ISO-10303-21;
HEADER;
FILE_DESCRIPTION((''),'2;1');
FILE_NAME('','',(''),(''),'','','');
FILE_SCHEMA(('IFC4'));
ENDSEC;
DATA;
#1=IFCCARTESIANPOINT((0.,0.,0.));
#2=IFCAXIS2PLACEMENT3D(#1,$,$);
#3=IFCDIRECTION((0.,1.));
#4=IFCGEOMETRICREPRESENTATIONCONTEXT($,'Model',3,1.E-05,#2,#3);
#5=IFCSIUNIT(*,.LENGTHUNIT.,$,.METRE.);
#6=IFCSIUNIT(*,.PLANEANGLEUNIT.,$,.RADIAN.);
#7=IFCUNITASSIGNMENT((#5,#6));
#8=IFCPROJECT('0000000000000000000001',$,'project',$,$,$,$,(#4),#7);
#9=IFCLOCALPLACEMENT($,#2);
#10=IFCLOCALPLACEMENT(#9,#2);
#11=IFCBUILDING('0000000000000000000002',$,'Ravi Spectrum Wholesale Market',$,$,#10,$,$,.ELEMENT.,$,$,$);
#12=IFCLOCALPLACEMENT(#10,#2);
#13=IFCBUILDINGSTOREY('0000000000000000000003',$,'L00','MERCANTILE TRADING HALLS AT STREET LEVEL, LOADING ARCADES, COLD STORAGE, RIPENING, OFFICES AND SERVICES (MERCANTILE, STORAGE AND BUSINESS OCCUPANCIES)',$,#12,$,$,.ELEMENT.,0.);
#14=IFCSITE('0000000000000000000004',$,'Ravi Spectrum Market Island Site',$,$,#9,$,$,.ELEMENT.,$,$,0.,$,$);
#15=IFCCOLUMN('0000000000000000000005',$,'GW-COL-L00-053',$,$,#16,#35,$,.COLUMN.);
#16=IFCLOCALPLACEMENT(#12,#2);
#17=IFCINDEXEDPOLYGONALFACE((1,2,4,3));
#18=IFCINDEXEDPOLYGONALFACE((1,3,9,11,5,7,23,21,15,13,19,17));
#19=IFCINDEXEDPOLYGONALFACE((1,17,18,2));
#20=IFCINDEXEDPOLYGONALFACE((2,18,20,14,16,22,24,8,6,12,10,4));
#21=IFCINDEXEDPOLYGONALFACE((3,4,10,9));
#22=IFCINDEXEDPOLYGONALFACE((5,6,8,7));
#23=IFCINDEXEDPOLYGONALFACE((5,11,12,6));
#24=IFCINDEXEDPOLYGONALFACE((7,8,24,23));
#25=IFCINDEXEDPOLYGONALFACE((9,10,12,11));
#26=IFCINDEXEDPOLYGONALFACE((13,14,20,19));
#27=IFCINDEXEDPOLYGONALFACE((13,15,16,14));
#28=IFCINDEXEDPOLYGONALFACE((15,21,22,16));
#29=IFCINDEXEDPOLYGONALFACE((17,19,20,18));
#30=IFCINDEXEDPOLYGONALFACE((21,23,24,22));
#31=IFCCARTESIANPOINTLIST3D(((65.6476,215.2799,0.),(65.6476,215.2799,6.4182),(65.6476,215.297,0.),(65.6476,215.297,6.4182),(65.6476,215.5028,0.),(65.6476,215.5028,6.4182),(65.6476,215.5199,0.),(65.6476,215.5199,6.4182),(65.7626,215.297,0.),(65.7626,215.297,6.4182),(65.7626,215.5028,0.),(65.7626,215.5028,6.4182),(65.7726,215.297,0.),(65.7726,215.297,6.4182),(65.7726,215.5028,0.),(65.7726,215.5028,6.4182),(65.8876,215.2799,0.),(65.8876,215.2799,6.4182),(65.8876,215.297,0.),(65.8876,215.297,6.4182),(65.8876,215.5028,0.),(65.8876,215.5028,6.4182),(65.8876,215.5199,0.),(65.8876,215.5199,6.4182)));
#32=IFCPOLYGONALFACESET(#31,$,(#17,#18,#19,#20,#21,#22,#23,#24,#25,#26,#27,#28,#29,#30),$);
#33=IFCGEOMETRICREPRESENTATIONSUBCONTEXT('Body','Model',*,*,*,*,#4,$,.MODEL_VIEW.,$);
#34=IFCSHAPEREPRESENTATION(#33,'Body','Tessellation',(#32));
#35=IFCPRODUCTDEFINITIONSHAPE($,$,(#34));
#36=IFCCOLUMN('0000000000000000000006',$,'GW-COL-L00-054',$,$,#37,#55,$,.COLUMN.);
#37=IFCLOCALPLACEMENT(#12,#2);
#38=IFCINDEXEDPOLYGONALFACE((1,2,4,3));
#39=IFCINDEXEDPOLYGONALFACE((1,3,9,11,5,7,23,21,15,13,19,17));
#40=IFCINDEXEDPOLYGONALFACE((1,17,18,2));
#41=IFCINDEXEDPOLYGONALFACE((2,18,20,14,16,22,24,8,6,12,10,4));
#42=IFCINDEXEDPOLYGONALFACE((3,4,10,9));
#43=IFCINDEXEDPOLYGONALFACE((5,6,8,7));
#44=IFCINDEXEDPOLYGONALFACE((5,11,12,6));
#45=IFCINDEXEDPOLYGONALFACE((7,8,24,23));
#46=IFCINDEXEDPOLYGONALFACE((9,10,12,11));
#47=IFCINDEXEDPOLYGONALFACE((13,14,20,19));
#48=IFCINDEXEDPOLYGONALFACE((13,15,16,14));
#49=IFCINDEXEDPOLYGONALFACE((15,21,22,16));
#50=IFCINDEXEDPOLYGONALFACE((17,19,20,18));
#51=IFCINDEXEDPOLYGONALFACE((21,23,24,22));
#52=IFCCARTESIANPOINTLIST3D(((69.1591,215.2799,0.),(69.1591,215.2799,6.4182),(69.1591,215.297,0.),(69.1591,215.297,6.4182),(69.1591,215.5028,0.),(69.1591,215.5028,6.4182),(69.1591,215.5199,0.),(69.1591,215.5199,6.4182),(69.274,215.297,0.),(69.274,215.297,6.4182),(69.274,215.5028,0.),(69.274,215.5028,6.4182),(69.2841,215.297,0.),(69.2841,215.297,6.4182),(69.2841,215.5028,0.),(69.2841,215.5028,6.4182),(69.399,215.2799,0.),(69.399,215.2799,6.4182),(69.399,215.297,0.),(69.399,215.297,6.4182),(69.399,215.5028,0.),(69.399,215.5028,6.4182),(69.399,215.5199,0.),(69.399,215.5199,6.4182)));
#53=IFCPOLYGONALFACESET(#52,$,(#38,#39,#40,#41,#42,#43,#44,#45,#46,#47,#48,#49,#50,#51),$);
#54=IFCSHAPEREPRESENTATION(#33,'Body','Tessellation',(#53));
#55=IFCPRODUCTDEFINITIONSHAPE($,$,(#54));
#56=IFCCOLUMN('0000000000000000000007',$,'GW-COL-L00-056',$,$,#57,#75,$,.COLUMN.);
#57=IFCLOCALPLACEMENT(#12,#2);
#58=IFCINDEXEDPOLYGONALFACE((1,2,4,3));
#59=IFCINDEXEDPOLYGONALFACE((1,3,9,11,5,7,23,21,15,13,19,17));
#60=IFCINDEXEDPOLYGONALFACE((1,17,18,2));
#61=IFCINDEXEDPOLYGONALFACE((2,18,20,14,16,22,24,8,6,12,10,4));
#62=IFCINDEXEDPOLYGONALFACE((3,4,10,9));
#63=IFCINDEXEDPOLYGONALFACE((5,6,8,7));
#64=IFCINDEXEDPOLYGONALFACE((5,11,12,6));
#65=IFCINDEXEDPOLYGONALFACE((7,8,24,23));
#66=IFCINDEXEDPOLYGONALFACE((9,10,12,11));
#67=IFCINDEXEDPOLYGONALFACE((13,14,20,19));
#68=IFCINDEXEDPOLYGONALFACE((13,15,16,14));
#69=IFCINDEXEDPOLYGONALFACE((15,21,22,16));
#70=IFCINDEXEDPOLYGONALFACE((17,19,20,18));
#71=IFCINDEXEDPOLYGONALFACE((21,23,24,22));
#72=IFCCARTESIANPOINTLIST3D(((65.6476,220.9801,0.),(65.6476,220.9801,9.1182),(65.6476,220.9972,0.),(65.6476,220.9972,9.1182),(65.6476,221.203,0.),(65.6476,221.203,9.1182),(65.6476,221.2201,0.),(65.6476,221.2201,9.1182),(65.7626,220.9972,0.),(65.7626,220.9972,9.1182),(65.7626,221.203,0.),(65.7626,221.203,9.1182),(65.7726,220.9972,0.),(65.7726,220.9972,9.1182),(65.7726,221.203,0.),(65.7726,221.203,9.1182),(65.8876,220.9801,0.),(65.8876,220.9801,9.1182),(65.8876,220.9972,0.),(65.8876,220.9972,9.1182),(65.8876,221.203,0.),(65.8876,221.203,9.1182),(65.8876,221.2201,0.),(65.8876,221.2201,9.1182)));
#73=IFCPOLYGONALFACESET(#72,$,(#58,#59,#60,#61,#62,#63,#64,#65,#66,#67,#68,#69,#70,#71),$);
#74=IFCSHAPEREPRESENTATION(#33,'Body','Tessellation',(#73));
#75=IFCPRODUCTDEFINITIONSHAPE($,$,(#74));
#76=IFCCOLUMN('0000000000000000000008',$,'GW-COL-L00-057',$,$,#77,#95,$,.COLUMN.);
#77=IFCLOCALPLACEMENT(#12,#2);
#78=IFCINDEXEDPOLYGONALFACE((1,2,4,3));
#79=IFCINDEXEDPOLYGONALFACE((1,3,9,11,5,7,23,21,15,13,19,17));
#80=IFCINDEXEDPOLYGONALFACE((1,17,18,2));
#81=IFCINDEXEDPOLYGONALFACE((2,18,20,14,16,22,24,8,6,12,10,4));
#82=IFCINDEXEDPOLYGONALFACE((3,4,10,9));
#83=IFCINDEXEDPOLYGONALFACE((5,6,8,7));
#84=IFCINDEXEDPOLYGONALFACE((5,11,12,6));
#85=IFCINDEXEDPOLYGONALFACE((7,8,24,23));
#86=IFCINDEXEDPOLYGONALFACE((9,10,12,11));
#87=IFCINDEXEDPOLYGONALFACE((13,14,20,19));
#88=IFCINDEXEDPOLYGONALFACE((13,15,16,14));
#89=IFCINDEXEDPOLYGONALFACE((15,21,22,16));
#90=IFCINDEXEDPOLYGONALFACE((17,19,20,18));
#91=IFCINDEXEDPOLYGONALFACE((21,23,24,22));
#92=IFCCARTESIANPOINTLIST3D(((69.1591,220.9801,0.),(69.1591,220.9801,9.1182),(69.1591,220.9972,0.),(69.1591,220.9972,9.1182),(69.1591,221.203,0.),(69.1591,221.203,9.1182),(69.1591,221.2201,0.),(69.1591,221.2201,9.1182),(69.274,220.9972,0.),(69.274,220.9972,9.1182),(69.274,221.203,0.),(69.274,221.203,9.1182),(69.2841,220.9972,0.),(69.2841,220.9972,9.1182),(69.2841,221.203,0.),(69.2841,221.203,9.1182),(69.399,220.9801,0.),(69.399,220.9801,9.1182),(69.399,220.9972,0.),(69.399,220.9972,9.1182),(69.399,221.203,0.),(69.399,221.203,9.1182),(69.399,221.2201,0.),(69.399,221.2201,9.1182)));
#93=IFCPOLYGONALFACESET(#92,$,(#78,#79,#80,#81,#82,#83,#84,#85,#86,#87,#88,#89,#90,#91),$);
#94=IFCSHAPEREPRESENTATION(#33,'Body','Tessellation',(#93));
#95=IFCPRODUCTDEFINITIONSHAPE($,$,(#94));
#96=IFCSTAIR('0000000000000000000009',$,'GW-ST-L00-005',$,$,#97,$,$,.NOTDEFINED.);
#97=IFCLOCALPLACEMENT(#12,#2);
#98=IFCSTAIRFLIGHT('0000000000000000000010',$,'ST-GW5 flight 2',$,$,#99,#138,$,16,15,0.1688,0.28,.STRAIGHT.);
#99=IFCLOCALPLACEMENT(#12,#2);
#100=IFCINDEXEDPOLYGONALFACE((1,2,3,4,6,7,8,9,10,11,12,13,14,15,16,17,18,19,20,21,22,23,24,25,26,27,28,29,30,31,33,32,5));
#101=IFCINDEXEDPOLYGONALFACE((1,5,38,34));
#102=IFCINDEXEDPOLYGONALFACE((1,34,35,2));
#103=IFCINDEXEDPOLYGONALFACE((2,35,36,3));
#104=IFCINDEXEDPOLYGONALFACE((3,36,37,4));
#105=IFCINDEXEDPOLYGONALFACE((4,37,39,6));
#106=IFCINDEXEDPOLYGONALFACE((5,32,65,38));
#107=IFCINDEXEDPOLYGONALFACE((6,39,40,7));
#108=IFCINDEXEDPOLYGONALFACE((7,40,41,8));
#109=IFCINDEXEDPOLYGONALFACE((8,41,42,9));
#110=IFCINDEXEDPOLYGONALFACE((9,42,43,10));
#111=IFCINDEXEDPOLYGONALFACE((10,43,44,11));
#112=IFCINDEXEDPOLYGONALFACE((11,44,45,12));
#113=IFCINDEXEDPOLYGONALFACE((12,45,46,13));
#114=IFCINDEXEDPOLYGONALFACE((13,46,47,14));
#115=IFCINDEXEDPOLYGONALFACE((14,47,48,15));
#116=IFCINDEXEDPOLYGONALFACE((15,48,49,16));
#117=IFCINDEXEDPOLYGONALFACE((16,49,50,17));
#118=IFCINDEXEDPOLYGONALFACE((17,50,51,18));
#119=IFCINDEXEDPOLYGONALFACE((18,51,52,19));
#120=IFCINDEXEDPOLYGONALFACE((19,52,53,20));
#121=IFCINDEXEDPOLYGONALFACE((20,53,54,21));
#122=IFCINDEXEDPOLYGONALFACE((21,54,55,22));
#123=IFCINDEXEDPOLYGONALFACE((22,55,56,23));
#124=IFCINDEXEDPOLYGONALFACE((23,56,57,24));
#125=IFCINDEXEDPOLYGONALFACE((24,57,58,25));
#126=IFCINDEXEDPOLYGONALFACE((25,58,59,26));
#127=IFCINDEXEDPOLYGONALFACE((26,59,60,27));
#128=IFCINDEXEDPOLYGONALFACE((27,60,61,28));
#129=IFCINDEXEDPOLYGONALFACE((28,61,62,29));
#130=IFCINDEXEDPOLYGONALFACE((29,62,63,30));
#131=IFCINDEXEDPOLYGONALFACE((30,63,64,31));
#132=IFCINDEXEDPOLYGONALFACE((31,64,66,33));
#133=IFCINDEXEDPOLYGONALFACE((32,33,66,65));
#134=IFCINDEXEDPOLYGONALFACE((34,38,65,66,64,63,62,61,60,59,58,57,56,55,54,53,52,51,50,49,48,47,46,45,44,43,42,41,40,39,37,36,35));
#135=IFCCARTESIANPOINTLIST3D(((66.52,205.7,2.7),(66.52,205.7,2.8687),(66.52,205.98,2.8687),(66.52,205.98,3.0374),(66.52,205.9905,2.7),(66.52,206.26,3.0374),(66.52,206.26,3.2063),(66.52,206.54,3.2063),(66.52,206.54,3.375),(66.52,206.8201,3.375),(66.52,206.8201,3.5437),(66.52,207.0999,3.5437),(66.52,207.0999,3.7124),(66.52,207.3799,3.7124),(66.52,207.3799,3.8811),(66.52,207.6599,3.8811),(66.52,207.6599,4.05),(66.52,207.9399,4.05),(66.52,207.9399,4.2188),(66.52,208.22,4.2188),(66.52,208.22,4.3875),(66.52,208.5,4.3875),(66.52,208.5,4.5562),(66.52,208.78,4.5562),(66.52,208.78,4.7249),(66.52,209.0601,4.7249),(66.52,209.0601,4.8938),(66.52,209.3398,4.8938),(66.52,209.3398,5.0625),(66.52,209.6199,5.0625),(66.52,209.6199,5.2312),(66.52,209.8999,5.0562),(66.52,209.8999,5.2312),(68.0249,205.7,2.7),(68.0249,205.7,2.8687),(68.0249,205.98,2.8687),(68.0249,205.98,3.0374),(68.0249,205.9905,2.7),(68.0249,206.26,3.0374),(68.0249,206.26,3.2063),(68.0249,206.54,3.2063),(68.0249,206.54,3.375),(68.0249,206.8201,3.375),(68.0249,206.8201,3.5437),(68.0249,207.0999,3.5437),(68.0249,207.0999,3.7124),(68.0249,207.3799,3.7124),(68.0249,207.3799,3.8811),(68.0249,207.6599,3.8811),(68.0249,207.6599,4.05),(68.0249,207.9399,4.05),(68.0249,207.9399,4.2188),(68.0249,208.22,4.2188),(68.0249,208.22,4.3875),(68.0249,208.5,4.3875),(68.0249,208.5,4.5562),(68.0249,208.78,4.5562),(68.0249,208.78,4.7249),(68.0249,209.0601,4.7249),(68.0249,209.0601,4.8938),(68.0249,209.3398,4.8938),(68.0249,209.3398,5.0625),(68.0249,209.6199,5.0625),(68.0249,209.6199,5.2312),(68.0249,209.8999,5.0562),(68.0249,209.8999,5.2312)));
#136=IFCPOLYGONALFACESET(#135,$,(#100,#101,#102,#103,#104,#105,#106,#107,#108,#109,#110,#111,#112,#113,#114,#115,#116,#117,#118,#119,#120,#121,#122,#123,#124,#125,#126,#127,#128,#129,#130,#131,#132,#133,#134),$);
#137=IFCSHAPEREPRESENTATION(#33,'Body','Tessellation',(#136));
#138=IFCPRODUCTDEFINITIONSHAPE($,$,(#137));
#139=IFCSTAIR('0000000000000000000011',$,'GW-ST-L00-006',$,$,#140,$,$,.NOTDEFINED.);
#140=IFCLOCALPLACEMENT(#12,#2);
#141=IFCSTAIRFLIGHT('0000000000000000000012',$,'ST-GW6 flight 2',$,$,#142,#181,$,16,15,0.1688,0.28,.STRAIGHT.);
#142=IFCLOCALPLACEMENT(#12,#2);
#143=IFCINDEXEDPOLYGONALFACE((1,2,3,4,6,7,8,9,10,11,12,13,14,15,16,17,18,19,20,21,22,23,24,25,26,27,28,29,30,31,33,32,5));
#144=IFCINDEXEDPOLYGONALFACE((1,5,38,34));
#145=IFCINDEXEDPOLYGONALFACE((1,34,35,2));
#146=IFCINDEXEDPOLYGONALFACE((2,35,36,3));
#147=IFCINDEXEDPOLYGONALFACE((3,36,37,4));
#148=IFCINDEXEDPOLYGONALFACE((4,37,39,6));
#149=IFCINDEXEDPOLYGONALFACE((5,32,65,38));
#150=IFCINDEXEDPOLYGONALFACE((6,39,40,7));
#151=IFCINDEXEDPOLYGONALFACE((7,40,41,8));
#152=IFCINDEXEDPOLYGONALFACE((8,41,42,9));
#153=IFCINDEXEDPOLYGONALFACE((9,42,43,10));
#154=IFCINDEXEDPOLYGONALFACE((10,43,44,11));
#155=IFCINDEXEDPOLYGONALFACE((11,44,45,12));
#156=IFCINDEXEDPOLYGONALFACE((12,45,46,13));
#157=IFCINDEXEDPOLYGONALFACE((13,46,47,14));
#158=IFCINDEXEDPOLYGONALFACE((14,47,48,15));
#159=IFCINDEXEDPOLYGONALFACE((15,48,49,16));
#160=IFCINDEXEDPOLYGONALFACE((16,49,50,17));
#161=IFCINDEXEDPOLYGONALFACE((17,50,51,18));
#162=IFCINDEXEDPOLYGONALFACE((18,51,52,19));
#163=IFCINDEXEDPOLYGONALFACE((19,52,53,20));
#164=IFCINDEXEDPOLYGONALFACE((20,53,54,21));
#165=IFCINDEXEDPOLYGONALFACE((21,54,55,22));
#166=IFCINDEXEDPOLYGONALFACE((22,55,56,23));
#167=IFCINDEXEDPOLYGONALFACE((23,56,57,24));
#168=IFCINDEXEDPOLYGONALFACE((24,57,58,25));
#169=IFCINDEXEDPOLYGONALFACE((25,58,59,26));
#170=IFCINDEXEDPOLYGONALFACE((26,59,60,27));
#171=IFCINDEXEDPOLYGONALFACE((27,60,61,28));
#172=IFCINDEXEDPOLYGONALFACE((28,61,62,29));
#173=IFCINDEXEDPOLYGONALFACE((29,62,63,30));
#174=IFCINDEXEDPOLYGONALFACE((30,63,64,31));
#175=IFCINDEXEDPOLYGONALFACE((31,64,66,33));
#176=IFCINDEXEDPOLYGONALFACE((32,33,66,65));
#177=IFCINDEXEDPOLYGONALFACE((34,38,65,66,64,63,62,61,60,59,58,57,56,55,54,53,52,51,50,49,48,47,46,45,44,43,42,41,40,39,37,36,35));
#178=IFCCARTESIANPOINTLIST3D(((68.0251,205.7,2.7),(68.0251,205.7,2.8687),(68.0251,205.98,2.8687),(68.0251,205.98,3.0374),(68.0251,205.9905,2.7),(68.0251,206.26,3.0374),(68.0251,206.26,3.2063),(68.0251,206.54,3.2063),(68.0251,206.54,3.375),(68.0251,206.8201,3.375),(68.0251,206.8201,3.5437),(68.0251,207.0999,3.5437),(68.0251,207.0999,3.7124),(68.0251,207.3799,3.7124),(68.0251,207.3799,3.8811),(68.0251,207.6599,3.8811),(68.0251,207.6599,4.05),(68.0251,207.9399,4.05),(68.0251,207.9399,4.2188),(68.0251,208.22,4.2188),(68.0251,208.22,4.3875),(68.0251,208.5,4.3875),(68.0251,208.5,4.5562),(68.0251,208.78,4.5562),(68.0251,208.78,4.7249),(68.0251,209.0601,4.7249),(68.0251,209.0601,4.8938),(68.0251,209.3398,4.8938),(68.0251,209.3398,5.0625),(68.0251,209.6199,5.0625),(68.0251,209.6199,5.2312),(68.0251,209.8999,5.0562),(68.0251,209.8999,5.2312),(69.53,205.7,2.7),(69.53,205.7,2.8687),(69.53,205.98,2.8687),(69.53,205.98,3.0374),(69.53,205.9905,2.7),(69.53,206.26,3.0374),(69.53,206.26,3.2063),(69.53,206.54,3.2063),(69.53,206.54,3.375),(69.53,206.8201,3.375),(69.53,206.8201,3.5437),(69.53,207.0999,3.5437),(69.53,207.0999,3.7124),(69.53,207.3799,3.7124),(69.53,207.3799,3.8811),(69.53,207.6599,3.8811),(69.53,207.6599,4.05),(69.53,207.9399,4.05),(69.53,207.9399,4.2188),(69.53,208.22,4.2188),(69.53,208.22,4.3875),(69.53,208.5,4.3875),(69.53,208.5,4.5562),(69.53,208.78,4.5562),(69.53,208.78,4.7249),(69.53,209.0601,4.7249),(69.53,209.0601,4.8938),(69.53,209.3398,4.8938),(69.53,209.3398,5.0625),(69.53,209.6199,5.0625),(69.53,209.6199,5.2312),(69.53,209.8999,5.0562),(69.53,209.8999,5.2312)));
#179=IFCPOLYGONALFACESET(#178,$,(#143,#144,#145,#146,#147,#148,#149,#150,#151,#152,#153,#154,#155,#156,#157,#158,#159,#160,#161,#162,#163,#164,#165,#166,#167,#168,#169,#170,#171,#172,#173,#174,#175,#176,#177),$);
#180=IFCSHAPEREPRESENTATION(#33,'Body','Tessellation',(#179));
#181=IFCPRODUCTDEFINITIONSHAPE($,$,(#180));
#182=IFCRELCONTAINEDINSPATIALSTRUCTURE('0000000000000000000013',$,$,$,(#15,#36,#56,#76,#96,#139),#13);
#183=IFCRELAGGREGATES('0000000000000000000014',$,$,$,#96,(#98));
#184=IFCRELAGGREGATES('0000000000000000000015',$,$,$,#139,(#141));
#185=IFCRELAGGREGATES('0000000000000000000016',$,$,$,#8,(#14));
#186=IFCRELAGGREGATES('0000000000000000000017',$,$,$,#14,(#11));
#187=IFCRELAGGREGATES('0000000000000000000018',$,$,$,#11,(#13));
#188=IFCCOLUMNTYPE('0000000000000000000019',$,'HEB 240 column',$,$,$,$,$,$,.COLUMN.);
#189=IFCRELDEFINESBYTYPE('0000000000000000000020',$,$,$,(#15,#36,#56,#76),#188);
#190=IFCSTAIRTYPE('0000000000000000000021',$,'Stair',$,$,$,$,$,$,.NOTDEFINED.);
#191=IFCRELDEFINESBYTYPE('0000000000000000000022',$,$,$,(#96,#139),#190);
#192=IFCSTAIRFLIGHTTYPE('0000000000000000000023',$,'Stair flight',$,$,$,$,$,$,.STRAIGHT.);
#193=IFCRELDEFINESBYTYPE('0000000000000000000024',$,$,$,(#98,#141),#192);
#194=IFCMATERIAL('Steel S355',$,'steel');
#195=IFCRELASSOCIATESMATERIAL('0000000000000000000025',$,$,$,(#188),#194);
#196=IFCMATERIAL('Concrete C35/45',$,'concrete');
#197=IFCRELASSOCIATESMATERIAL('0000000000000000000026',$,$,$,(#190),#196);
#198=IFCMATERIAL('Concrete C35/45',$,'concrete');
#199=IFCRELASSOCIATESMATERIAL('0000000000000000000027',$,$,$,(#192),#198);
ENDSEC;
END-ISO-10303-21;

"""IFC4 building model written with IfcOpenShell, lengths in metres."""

from ifc_helpers import new_model, si_unit, direction, frame, origin, origin_2d, place, context, subcontext, project, spatial, polyline, i_section, outline, extrude, material, material_profile, profile_set, type_object, element, aggregate, save


model = new_model("IFC4")

# Units and contexts
model_context = context("Model", 3, precision=1e-05, world=origin(), true_north=direction((0.0, 1.0)))
body_context = subcontext(model_context, "Body", "Model", "MODEL_VIEW")
ifc_project = project(units=[si_unit("LENGTHUNIT", "METRE"), si_unit("PLANEANGLEUNIT", "RADIAN")], contexts=[model_context])

# Site, building, storey
site_placement = place(None, origin())
site = spatial("IfcSite", under=ifc_project, at=site_placement, Name="Ravi Spectrum Market Island Site", CompositionType="ELEMENT", RefElevation=0.0)
building_placement = place(site_placement, origin())
building = spatial("IfcBuilding", under=site, at=building_placement, Name="Ravi Spectrum Wholesale Market", CompositionType="ELEMENT")
storey_placement = place(building_placement, origin())
storey = spatial("IfcBuildingStorey", under=building, at=storey_placement, Name="L00", Description="MERCANTILE TRADING HALLS AT STREET LEVEL, LOADING ARCADES, COLD STORAGE, RIPENING, OFFICES AND SERVICES (MERCANTILE, STORAGE AND BUSINESS OCCUPANCIES)", CompositionType="ELEMENT", Elevation=0.0)

# Columns
ifc_material_1 = material(Name="Steel S355", Category="steel")
ifc_material_profile = material_profile(ifc_material_1, i_section(OverallWidth=0.24, OverallDepth=0.24, WebThickness=0.01, FlangeThickness=0.0171, at=origin_2d()))
ifc_profile_set = profile_set([ifc_material_profile], Name="Steel S355")
column_type = type_object("IfcColumnType", Name="HEB 240 column", PredefinedType="COLUMN", material=ifc_profile_set)
for number, where, z_axis, x_axis, name in (
    (1, (65.7676, 215.3999, 0.0), (0.0, 0.0, 1.0), (1.0, 0.0, 0.0), "GW-COL-L00-053"),
    (2, (69.2791, 215.3999, 0.0), (0.0, 0.0, 1.0), (1.0, 0.0, 0.0), "GW-COL-L00-054"),
):
    element("IfcColumn", number, at=place(storey_placement, frame(where, z_axis=z_axis, x_axis=x_axis)), inside=storey, type_object=column_type, Name=name, PredefinedType="COLUMN", context=body_context, shape_type="SweptSolid", body=[
        extrude(i_section(OverallWidth=0.24, OverallDepth=0.24, WebThickness=0.01, FlangeThickness=0.0171, at=origin_2d()), origin(), (0.0, 0.0, 1.0), 6.4182),
    ])
for number, where, z_axis, x_axis, name in (
    (3, (65.7676, 221.1001, 0.0), (0.0, 0.0, 1.0), (1.0, 0.0, 0.0), "GW-COL-L00-056"),
    (4, (69.2791, 221.1001, 0.0), (0.0, 0.0, 1.0), (1.0, 0.0, 0.0), "GW-COL-L00-057"),
):
    element("IfcColumn", number, at=place(storey_placement, frame(where, z_axis=z_axis, x_axis=x_axis)), inside=storey, type_object=column_type, Name=name, PredefinedType="COLUMN", context=body_context, shape_type="SweptSolid", body=[
        extrude(i_section(OverallWidth=0.24, OverallDepth=0.24, WebThickness=0.01, FlangeThickness=0.0171, at=origin_2d()), origin(), (0.0, 0.0, 1.0), 9.1182),
    ])

# Stairs, stair flights
ifc_material_2 = material(Name="Concrete C35/45", Category="concrete")
stair_type = type_object("IfcStairType", Name="Stair", PredefinedType="NOTDEFINED", material=ifc_material_2)
stair_1_placement = place(storey_placement, origin())
stair_1 = element("IfcStair", 5, at=stair_1_placement, inside=storey, type_object=stair_type, Name="GW-ST-L00-005", PredefinedType="NOTDEFINED")
ifc_material_3 = material(Name="Concrete C35/45", Category="concrete")
stair_flight_type = type_object("IfcStairFlightType", Name="Stair flight", PredefinedType="STRAIGHT", material=ifc_material_3)
stair_flight_1_placement = place(storey_placement, frame((67.2725, 205.7, 2.7), z_axis=(0.0, 0.0, 1.0), x_axis=(0.0, 1.0, 0.0)))
stair_flight_1 = element("IfcStairFlight", 6, at=stair_flight_1_placement, type_object=stair_flight_type, Name="ST-GW5 flight 2", NumberOfRisers=16, NumberOfTreads=15, PredefinedType="STRAIGHT", RiserHeight=0.1688, TreadLength=0.28, context=body_context, shape_type="SweptSolid", body=[
    extrude(outline(polyline([(0.0, 0.0), (0.0, 0.1687), (0.28, 0.1687), (0.28, 0.3374), (0.5601, 0.3374), (0.5601, 0.5063), (0.8401, 0.5063), (0.8401, 0.675), (1.1201, 0.675), (1.1201, 0.8438), (1.3999, 0.8438), (1.3999, 1.0125), (1.6799, 1.0125), (1.6799, 1.1812), (1.96, 1.1812), (1.96, 1.3501), (2.24, 1.3501), (2.24, 1.5188), (2.52, 1.5188), (2.52, 1.6875), (2.8, 1.6875), (2.8, 1.8562), (3.0801, 1.8562), (3.0801, 2.0249), (3.3601, 2.0249), (3.3601, 2.1938), (3.6399, 2.1938), (3.6399, 2.3625), (3.9199, 2.3625), (3.9199, 2.5312), (4.2, 2.5312), (4.2, 2.7), (4.2, 2.3562), (0.2905, 0.0), (0.0, 0.0)])), frame((0.0, 0.7524, 0.0), z_axis=(0.0, -1.0, 0.0), x_axis=(1.0, 0.0, 0.0)), (0.0, 0.0, 1.0), 1.5049),
])
aggregate(stair_1, [stair_flight_1])
stair_2_placement = place(storey_placement, origin())
stair_2 = element("IfcStair", 7, at=stair_2_placement, inside=storey, type_object=stair_type, Name="GW-ST-L00-006", PredefinedType="NOTDEFINED")
stair_flight_2_placement = place(storey_placement, frame((68.7776, 205.7, 2.7), z_axis=(0.0, 0.0, 1.0), x_axis=(0.0, 1.0, 0.0)))
stair_flight_2 = element("IfcStairFlight", 8, at=stair_flight_2_placement, type_object=stair_flight_type, Name="ST-GW6 flight 2", NumberOfRisers=16, NumberOfTreads=15, PredefinedType="STRAIGHT", RiserHeight=0.1688, TreadLength=0.28, context=body_context, shape_type="SweptSolid", body=[
    extrude(outline(polyline([(0.0, 0.0), (0.0, 0.1687), (0.28, 0.1687), (0.28, 0.3374), (0.5601, 0.3374), (0.5601, 0.5063), (0.8401, 0.5063), (0.8401, 0.675), (1.1201, 0.675), (1.1201, 0.8438), (1.3999, 0.8438), (1.3999, 1.0125), (1.6799, 1.0125), (1.6799, 1.1812), (1.96, 1.1812), (1.96, 1.3501), (2.24, 1.3501), (2.24, 1.5188), (2.52, 1.5188), (2.52, 1.6875), (2.8, 1.6875), (2.8, 1.8562), (3.0801, 1.8562), (3.0801, 2.0249), (3.3601, 2.0249), (3.3601, 2.1938), (3.6399, 2.1938), (3.6399, 2.3625), (3.9199, 2.3625), (3.9199, 2.5312), (4.2, 2.5312), (4.2, 2.7), (4.2, 2.3562), (0.2905, 0.0), (0.0, 0.0)])), frame((0.0, 0.7524, 0.0), z_axis=(0.0, -1.0, 0.0), x_axis=(1.0, 0.0, 0.0)), (0.0, 0.0, 1.0), 1.5049),
])
aggregate(stair_2, [stair_flight_2])

save(model, "model.ifc")
